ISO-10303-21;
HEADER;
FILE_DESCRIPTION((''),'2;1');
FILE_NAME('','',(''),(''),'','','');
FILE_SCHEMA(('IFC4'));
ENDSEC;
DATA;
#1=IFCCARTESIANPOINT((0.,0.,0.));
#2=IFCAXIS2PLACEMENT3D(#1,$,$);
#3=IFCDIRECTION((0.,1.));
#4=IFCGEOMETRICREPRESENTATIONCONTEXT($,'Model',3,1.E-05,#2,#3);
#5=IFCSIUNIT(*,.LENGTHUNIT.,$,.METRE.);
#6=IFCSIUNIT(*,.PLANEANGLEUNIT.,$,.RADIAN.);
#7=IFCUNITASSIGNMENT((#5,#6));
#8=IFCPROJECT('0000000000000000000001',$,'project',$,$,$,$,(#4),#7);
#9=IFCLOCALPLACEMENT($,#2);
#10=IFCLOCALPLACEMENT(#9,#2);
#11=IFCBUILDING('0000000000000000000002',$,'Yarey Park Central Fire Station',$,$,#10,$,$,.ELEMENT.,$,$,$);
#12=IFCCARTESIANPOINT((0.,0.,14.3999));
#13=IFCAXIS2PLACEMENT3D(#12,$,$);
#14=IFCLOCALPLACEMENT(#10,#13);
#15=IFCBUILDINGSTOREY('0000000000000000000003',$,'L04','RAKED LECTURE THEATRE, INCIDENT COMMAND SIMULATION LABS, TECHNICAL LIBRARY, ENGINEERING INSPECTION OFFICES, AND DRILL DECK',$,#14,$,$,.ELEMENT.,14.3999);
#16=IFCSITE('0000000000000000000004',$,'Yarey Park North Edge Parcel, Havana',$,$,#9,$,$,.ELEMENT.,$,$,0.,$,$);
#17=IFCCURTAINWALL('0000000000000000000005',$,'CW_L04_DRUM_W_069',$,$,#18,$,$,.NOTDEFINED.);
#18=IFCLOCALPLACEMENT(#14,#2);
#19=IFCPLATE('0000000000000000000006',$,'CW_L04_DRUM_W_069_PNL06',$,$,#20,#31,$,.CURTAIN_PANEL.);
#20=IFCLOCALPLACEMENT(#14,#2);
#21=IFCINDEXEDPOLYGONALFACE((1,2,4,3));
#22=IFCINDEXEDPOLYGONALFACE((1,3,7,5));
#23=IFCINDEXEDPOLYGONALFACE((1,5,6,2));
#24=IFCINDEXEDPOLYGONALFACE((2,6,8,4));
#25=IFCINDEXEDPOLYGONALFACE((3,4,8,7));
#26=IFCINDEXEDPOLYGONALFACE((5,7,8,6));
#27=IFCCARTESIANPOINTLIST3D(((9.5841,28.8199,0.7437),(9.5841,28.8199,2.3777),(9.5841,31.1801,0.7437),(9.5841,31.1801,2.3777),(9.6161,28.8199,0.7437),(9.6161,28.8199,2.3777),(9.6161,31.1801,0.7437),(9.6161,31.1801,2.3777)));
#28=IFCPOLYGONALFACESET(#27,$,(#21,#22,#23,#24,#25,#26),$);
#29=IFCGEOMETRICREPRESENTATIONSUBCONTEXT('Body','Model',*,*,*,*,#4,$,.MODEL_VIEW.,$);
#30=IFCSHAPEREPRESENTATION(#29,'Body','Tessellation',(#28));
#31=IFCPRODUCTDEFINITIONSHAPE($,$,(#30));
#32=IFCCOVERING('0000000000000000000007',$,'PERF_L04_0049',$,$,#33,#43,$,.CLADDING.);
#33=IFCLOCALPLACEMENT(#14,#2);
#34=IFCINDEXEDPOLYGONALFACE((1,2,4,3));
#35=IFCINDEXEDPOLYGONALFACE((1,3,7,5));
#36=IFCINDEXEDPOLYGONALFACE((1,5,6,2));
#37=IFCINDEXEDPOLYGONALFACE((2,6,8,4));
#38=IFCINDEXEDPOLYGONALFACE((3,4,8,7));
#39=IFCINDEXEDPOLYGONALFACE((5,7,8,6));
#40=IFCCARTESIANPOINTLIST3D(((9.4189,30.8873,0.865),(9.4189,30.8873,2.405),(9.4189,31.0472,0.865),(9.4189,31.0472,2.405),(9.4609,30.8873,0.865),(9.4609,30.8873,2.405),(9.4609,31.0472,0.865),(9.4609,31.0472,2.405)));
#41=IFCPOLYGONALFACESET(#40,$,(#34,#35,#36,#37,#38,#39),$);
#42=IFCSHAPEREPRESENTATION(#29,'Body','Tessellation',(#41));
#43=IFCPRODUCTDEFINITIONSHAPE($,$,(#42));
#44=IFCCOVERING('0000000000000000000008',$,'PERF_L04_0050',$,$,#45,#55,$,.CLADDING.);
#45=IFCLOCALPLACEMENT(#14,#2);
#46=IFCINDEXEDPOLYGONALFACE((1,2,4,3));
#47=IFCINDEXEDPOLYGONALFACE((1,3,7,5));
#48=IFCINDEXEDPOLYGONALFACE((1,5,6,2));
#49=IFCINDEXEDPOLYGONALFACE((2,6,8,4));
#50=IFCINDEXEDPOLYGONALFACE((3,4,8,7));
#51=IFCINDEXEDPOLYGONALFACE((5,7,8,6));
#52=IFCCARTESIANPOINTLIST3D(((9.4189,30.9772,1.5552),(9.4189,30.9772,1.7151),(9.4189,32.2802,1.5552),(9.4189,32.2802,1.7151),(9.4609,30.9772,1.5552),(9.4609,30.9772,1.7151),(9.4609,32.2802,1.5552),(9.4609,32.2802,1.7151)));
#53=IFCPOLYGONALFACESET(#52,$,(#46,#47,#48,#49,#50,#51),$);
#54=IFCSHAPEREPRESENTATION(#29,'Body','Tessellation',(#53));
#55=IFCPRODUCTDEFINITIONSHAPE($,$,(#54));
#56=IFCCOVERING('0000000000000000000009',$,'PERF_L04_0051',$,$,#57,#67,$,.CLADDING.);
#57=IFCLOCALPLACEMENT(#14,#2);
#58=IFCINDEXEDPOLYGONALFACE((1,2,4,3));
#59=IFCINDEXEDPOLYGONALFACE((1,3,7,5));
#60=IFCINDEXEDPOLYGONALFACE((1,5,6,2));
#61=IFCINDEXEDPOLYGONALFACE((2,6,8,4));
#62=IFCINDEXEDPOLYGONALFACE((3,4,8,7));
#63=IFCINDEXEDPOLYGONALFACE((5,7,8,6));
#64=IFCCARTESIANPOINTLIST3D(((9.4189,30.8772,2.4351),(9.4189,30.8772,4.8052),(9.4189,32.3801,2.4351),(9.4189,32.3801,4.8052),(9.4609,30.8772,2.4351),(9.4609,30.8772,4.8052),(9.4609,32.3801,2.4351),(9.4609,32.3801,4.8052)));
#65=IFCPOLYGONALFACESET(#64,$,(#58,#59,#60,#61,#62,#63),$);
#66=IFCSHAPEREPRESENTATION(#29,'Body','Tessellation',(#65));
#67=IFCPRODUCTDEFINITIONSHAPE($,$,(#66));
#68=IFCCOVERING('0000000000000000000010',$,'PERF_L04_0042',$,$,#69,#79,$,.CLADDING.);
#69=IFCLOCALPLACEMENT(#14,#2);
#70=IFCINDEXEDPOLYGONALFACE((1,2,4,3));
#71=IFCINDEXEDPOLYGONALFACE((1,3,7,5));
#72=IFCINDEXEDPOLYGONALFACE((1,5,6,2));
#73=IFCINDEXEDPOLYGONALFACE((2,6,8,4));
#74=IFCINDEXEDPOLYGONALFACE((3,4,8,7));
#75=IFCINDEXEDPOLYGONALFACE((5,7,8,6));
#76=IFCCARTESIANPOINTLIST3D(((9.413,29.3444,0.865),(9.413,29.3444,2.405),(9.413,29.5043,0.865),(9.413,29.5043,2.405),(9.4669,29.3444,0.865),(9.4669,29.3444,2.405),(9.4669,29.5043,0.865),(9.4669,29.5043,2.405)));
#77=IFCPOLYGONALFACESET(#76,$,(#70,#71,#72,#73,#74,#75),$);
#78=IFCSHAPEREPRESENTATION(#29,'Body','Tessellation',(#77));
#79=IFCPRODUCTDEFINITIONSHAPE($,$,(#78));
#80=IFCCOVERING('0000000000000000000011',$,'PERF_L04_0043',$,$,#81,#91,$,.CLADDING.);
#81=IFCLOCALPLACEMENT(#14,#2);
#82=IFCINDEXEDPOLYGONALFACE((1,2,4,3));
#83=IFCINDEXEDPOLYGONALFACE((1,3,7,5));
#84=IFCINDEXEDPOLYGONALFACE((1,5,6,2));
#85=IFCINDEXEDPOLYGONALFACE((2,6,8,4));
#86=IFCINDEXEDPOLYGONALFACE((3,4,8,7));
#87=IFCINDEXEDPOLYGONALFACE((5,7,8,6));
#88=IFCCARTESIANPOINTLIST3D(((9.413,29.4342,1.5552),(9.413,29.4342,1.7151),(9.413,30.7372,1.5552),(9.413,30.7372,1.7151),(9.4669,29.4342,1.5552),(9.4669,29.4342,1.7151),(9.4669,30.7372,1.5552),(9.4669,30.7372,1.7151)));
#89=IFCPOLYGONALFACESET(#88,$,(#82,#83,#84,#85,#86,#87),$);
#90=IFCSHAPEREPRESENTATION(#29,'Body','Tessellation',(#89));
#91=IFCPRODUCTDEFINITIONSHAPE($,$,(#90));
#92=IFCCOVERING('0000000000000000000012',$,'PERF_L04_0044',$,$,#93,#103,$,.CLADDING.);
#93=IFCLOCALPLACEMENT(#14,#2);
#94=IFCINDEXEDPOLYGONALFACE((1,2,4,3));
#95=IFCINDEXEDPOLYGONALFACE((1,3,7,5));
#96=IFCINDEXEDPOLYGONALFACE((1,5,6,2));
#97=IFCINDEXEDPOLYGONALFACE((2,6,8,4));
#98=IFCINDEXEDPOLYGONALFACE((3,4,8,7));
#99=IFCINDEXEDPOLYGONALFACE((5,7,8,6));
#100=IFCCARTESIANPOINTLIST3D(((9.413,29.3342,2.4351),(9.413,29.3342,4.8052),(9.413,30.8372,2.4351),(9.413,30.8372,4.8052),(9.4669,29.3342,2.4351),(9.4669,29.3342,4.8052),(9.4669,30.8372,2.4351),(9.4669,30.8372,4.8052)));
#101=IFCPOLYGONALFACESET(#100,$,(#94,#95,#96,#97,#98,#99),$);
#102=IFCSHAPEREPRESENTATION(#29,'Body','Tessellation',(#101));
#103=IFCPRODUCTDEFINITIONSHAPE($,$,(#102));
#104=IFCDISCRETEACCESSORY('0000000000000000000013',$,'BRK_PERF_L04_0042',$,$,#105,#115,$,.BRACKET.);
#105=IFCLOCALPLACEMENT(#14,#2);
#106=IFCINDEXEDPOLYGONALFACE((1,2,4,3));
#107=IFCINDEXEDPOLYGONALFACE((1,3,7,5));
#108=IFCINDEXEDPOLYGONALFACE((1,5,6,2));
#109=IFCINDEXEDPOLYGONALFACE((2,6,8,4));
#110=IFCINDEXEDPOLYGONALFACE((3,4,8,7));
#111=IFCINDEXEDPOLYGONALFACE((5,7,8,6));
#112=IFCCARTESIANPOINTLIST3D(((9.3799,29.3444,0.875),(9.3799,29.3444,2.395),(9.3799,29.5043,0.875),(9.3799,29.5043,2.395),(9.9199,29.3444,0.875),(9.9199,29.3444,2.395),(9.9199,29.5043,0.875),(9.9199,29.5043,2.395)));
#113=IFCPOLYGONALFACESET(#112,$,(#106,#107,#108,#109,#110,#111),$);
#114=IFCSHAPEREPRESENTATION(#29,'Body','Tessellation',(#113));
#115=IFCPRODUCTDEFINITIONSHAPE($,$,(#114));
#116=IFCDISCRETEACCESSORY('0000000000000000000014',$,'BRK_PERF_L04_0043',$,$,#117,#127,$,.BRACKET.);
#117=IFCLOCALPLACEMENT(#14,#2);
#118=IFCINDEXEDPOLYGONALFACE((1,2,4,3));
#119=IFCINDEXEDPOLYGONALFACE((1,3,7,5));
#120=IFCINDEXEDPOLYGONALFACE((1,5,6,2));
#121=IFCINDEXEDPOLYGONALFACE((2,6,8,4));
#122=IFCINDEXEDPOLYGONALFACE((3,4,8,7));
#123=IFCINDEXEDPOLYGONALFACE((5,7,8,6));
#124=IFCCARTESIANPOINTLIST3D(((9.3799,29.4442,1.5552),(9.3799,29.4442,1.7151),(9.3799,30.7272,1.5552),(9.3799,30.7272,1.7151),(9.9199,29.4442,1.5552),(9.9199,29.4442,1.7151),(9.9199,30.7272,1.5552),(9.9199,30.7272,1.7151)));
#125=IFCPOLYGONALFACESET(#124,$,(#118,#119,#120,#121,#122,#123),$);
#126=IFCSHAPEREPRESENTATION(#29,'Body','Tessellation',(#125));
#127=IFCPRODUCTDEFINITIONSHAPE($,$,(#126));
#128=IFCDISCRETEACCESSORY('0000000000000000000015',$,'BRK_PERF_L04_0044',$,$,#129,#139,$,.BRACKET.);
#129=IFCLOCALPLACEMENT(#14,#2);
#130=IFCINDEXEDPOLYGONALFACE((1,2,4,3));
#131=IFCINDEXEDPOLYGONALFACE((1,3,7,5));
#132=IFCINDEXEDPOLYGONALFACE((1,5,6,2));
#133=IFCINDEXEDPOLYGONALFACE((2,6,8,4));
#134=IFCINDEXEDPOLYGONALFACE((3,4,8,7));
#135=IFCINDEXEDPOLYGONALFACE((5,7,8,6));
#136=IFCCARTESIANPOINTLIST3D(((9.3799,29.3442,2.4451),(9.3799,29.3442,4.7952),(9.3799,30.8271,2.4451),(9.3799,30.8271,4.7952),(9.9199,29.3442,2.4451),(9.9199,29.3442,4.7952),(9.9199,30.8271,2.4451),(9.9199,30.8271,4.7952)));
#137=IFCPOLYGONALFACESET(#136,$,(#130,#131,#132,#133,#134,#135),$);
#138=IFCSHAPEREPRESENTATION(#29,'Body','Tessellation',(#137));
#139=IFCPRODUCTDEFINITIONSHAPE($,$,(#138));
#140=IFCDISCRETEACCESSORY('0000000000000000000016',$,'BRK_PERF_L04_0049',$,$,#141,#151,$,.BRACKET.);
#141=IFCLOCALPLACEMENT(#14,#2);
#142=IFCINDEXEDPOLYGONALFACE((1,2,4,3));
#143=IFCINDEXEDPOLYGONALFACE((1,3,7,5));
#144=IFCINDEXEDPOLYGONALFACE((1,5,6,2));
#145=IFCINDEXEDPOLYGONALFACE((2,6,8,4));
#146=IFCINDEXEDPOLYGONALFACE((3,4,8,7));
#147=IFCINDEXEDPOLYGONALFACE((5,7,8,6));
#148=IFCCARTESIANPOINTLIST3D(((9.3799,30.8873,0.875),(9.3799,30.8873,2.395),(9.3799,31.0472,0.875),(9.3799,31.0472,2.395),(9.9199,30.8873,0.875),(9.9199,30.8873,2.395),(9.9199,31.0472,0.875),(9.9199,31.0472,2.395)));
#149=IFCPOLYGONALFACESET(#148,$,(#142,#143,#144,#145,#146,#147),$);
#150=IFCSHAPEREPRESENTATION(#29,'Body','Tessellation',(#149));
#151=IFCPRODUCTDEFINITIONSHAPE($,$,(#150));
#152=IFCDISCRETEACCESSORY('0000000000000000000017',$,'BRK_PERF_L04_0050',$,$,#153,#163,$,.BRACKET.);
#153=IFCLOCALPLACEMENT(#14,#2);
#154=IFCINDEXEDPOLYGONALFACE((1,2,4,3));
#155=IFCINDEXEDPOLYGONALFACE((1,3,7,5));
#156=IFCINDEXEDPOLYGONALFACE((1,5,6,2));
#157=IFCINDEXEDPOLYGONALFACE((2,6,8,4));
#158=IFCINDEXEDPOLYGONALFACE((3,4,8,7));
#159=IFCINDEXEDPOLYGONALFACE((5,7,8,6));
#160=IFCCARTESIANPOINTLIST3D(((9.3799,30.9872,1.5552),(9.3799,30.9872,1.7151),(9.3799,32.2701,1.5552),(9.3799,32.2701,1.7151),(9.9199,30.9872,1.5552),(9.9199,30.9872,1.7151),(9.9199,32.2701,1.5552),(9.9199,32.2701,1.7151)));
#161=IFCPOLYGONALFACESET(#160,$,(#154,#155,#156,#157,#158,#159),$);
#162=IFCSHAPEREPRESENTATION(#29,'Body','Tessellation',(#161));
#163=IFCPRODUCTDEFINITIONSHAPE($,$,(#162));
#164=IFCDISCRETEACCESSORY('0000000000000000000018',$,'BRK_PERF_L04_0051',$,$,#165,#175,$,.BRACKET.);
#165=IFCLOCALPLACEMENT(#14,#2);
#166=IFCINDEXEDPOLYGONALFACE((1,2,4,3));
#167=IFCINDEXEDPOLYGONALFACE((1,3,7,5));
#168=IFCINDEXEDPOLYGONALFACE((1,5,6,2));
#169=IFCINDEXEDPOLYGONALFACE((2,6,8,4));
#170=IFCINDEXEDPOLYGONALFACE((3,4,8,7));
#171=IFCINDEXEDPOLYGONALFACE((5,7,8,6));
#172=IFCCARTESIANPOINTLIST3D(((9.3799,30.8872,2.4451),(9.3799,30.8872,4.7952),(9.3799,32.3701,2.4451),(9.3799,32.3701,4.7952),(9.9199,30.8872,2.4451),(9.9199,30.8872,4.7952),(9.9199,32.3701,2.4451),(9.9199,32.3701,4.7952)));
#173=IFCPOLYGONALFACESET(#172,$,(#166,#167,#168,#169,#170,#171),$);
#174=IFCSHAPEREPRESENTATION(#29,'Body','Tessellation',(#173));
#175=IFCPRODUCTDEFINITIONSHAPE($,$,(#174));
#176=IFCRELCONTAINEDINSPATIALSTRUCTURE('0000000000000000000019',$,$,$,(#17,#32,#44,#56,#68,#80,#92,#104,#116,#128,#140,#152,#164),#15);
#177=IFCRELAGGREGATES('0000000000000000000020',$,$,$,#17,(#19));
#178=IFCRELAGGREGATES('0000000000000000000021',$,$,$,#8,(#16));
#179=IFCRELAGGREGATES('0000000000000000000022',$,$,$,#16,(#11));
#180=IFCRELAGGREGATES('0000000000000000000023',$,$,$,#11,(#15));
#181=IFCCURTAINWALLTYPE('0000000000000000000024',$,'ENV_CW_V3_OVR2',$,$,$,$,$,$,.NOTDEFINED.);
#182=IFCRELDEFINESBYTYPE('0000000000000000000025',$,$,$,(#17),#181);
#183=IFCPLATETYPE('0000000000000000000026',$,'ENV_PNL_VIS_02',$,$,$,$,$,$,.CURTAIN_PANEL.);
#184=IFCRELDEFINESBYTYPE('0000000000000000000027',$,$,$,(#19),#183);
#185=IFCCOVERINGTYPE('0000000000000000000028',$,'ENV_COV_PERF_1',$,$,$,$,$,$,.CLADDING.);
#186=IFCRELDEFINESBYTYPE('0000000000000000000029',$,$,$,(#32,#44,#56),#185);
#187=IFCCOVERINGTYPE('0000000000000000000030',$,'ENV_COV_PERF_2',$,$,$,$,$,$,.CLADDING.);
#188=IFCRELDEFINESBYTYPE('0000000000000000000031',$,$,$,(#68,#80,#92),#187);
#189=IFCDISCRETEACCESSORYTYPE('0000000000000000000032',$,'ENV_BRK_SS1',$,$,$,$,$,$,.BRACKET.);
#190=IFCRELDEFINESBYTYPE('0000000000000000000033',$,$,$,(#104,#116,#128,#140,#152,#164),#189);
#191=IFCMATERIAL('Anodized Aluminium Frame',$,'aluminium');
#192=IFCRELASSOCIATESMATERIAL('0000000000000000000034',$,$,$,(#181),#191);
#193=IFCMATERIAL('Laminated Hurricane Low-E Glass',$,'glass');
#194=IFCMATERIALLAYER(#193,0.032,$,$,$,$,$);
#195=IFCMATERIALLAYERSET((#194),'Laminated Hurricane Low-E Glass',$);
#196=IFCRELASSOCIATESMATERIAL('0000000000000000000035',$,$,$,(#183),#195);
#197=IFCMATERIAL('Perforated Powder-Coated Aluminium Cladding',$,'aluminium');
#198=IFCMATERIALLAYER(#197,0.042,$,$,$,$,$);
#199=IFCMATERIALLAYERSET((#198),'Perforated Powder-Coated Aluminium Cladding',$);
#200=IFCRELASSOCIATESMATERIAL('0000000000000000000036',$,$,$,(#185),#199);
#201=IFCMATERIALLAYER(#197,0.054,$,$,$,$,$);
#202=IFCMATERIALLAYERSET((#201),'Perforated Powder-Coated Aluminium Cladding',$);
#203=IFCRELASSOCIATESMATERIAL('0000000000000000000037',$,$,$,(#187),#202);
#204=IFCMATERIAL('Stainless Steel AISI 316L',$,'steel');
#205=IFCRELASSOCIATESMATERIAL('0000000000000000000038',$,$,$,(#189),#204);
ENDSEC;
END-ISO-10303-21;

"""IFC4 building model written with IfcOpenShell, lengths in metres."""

from ifc_helpers import new_model, si_unit, direction, frame, origin, origin_2d, place, context, subcontext, project, spatial, rectangle, extrude, material, layer, layer_set, type_object, element, aggregate, save


model = new_model("IFC4")

# Units and contexts
model_context = context("Model", 3, precision=1e-05, world=origin(), true_north=direction((0.0, 1.0)))
body_context = subcontext(model_context, "Body", "Model", "MODEL_VIEW")
ifc_project = project(units=[si_unit("LENGTHUNIT", "METRE"), si_unit("PLANEANGLEUNIT", "RADIAN")], contexts=[model_context])

# Site, building, storey
site_placement = place(None, origin())
site = spatial("IfcSite", under=ifc_project, at=site_placement, Name="Yarey Park North Edge Parcel, Havana", CompositionType="ELEMENT", RefElevation=0.0)
building_placement = place(site_placement, origin())
building = spatial("IfcBuilding", under=site, at=building_placement, Name="Yarey Park Central Fire Station", CompositionType="ELEMENT")
storey_placement = place(building_placement, frame((0.0, 0.0, 14.3999)))
storey = spatial("IfcBuildingStorey", under=building, at=storey_placement, Name="L04", Description="RAKED LECTURE THEATRE, INCIDENT COMMAND SIMULATION LABS, TECHNICAL LIBRARY, ENGINEERING INSPECTION OFFICES, AND DRILL DECK", CompositionType="ELEMENT", Elevation=14.3999)

# Curtain wall
ifc_material_1 = material(Name="Anodized Aluminium Frame", Category="aluminium")
curtain_wall_type = type_object("IfcCurtainWallType", Name="ENV_CW_V3_OVR2", PredefinedType="NOTDEFINED", material=ifc_material_1)
curtain_wall_1_placement = place(storey_placement, origin())
curtain_wall_1 = element("IfcCurtainWall", 1, at=curtain_wall_1_placement, inside=storey, type_object=curtain_wall_type, Name="CW_L04_DRUM_W_069", PredefinedType="NOTDEFINED")

# Plate
ifc_material_2 = material(Name="Laminated Hurricane Low-E Glass", Category="glass")
ifc_layer_1 = layer(ifc_material_2, 0.032)
ifc_layer_set_1 = layer_set([ifc_layer_1], Name="Laminated Hurricane Low-E Glass")
plate_type_1 = type_object("IfcPlateType", Name="ENV_PNL_VIS_02", PredefinedType="CURTAIN_PANEL", material=ifc_layer_set_1)
plate_1_placement = place(storey_placement, frame((9.6001, 30.0, 0.7437), z_axis=(0.0, 0.0, 1.0), x_axis=(0.0, -1.0, 0.0)))
plate_1 = element("IfcPlate", 2, at=plate_1_placement, type_object=plate_type_1, Name="CW_L04_DRUM_W_069_PNL06", PredefinedType="CURTAIN_PANEL", context=body_context, shape_type="SweptSolid", body=[
    extrude(rectangle(XDim=2.3601, YDim=0.032, at=origin_2d()), origin(), (0.0, 0.0, 1.0), 1.634),
])
aggregate(curtain_wall_1, [plate_1])

# Coverings
ifc_material_3 = material(Name="Perforated Powder-Coated Aluminium Cladding", Category="aluminium")
ifc_layer_2 = layer(ifc_material_3, 0.042)
ifc_layer_set_2 = layer_set([ifc_layer_2], Name="Perforated Powder-Coated Aluminium Cladding")
covering_type_1 = type_object("IfcCoveringType", Name="ENV_COV_PERF_1", PredefinedType="CLADDING", material=ifc_layer_set_2)
covering_1_placement = place(storey_placement, frame((9.4399, 30.9673, 0.865), z_axis=(0.0, 0.0, 1.0), x_axis=(0.0, 1.0, 0.0)))
element("IfcCovering", 3, at=covering_1_placement, inside=storey, type_object=covering_type_1, Name="PERF_L04_0049", PredefinedType="CLADDING", context=body_context, shape_type="SweptSolid", body=[
    extrude(rectangle(XDim=0.1599, YDim=0.042, at=origin_2d()), origin(), (0.0, 0.0, 1.0), 1.54),
])
covering_2_placement = place(storey_placement, frame((9.4399, 31.6287, 1.5552), z_axis=(0.0, 0.0, 1.0), x_axis=(0.0, 1.0, 0.0)))
element("IfcCovering", 4, at=covering_2_placement, inside=storey, type_object=covering_type_1, Name="PERF_L04_0050", PredefinedType="CLADDING", context=body_context, shape_type="SweptSolid", body=[
    extrude(rectangle(XDim=1.303, YDim=0.042, at=origin_2d()), origin(), (0.0, 0.0, 1.0), 0.1599),
])
covering_3_placement = place(storey_placement, frame((9.4399, 31.6287, 2.4351), z_axis=(0.0, 0.0, 1.0), x_axis=(0.0, 1.0, 0.0)))
element("IfcCovering", 5, at=covering_3_placement, inside=storey, type_object=covering_type_1, Name="PERF_L04_0051", PredefinedType="CLADDING", context=body_context, shape_type="SweptSolid", body=[
    extrude(rectangle(XDim=1.5029, YDim=0.042, at=origin_2d()), origin(), (0.0, 0.0, 1.0), 2.3701),
])
ifc_layer_3 = layer(ifc_material_3, 0.054)
ifc_layer_set_3 = layer_set([ifc_layer_3], Name="Perforated Powder-Coated Aluminium Cladding")
covering_type_2 = type_object("IfcCoveringType", Name="ENV_COV_PERF_2", PredefinedType="CLADDING", material=ifc_layer_set_3)
covering_4_placement = place(storey_placement, frame((9.4399, 29.4243, 0.865), z_axis=(0.0, 0.0, 1.0), x_axis=(0.0, 1.0, 0.0)))
element("IfcCovering", 6, at=covering_4_placement, inside=storey, type_object=covering_type_2, Name="PERF_L04_0042", PredefinedType="CLADDING", context=body_context, shape_type="SweptSolid", body=[
    extrude(rectangle(XDim=0.1599, YDim=0.054, at=origin_2d()), origin(), (0.0, 0.0, 1.0), 1.54),
])
covering_5_placement = place(storey_placement, frame((9.4399, 30.0857, 1.5552), z_axis=(0.0, 0.0, 1.0), x_axis=(0.0, 1.0, 0.0)))
element("IfcCovering", 7, at=covering_5_placement, inside=storey, type_object=covering_type_2, Name="PERF_L04_0043", PredefinedType="CLADDING", context=body_context, shape_type="SweptSolid", body=[
    extrude(rectangle(XDim=1.303, YDim=0.054, at=origin_2d()), origin(), (0.0, 0.0, 1.0), 0.1599),
])
covering_6_placement = place(storey_placement, frame((9.4399, 30.0857, 2.4351), z_axis=(0.0, 0.0, 1.0), x_axis=(0.0, 1.0, 0.0)))
element("IfcCovering", 8, at=covering_6_placement, inside=storey, type_object=covering_type_2, Name="PERF_L04_0044", PredefinedType="CLADDING", context=body_context, shape_type="SweptSolid", body=[
    extrude(rectangle(XDim=1.5029, YDim=0.054, at=origin_2d()), origin(), (0.0, 0.0, 1.0), 2.3701),
])

# Discrete accessories
ifc_material_4 = material(Name="Stainless Steel AISI 316L", Category="steel")
discrete_accessory_type = type_object("IfcDiscreteAccessoryType", Name="ENV_BRK_SS1", PredefinedType="BRACKET", material=ifc_material_4)
discrete_accessory_1_placement = place(storey_placement, frame((9.6499, 29.4243, 0.875), z_axis=(0.0, 0.0, 1.0), x_axis=(1.0, 0.0, 0.0)))
element("IfcDiscreteAccessory", 9, at=discrete_accessory_1_placement, inside=storey, type_object=discrete_accessory_type, Name="BRK_PERF_L04_0042", PredefinedType="BRACKET", context=body_context, shape_type="SweptSolid", body=[
    extrude(rectangle(XDim=0.54, YDim=0.1599, at=origin_2d()), origin(), (0.0, 0.0, 1.0), 1.52),
])
discrete_accessory_2_placement = place(storey_placement, frame((9.6499, 30.0857, 1.5552), z_axis=(0.0, 0.0, 1.0), x_axis=(1.0, 0.0, 0.0)))
element("IfcDiscreteAccessory", 10, at=discrete_accessory_2_placement, inside=storey, type_object=discrete_accessory_type, Name="BRK_PERF_L04_0043", PredefinedType="BRACKET", context=body_context, shape_type="SweptSolid", body=[
    extrude(rectangle(XDim=0.54, YDim=1.283, at=origin_2d()), origin(), (0.0, 0.0, 1.0), 0.1599),
])
discrete_accessory_3_placement = place(storey_placement, frame((9.6499, 30.0857, 2.4451), z_axis=(0.0, 0.0, 1.0), x_axis=(1.0, 0.0, 0.0)))
element("IfcDiscreteAccessory", 11, at=discrete_accessory_3_placement, inside=storey, type_object=discrete_accessory_type, Name="BRK_PERF_L04_0044", PredefinedType="BRACKET", context=body_context, shape_type="SweptSolid", body=[
    extrude(rectangle(XDim=0.54, YDim=1.4829, at=origin_2d()), origin(), (0.0, 0.0, 1.0), 2.3501),
])
discrete_accessory_4_placement = place(storey_placement, frame((9.6499, 30.9673, 0.875), z_axis=(0.0, 0.0, 1.0), x_axis=(1.0, 0.0, 0.0)))
element("IfcDiscreteAccessory", 12, at=discrete_accessory_4_placement, inside=storey, type_object=discrete_accessory_type, Name="BRK_PERF_L04_0049", PredefinedType="BRACKET", context=body_context, shape_type="SweptSolid", body=[
    extrude(rectangle(XDim=0.54, YDim=0.1599, at=origin_2d()), origin(), (0.0, 0.0, 1.0), 1.52),
])
discrete_accessory_5_placement = place(storey_placement, frame((9.6499, 31.6287, 1.5552), z_axis=(0.0, 0.0, 1.0), x_axis=(1.0, 0.0, 0.0)))
element("IfcDiscreteAccessory", 13, at=discrete_accessory_5_placement, inside=storey, type_object=discrete_accessory_type, Name="BRK_PERF_L04_0050", PredefinedType="BRACKET", context=body_context, shape_type="SweptSolid", body=[
    extrude(rectangle(XDim=0.54, YDim=1.283, at=origin_2d()), origin(), (0.0, 0.0, 1.0), 0.1599),
])
discrete_accessory_6_placement = place(storey_placement, frame((9.6499, 31.6287, 2.4451), z_axis=(0.0, 0.0, 1.0), x_axis=(1.0, 0.0, 0.0)))
element("IfcDiscreteAccessory", 14, at=discrete_accessory_6_placement, inside=storey, type_object=discrete_accessory_type, Name="BRK_PERF_L04_0051", PredefinedType="BRACKET", context=body_context, shape_type="SweptSolid", body=[
    extrude(rectangle(XDim=0.54, YDim=1.4829, at=origin_2d()), origin(), (0.0, 0.0, 1.0), 2.3501),
])

save(model, "model.ifc")
